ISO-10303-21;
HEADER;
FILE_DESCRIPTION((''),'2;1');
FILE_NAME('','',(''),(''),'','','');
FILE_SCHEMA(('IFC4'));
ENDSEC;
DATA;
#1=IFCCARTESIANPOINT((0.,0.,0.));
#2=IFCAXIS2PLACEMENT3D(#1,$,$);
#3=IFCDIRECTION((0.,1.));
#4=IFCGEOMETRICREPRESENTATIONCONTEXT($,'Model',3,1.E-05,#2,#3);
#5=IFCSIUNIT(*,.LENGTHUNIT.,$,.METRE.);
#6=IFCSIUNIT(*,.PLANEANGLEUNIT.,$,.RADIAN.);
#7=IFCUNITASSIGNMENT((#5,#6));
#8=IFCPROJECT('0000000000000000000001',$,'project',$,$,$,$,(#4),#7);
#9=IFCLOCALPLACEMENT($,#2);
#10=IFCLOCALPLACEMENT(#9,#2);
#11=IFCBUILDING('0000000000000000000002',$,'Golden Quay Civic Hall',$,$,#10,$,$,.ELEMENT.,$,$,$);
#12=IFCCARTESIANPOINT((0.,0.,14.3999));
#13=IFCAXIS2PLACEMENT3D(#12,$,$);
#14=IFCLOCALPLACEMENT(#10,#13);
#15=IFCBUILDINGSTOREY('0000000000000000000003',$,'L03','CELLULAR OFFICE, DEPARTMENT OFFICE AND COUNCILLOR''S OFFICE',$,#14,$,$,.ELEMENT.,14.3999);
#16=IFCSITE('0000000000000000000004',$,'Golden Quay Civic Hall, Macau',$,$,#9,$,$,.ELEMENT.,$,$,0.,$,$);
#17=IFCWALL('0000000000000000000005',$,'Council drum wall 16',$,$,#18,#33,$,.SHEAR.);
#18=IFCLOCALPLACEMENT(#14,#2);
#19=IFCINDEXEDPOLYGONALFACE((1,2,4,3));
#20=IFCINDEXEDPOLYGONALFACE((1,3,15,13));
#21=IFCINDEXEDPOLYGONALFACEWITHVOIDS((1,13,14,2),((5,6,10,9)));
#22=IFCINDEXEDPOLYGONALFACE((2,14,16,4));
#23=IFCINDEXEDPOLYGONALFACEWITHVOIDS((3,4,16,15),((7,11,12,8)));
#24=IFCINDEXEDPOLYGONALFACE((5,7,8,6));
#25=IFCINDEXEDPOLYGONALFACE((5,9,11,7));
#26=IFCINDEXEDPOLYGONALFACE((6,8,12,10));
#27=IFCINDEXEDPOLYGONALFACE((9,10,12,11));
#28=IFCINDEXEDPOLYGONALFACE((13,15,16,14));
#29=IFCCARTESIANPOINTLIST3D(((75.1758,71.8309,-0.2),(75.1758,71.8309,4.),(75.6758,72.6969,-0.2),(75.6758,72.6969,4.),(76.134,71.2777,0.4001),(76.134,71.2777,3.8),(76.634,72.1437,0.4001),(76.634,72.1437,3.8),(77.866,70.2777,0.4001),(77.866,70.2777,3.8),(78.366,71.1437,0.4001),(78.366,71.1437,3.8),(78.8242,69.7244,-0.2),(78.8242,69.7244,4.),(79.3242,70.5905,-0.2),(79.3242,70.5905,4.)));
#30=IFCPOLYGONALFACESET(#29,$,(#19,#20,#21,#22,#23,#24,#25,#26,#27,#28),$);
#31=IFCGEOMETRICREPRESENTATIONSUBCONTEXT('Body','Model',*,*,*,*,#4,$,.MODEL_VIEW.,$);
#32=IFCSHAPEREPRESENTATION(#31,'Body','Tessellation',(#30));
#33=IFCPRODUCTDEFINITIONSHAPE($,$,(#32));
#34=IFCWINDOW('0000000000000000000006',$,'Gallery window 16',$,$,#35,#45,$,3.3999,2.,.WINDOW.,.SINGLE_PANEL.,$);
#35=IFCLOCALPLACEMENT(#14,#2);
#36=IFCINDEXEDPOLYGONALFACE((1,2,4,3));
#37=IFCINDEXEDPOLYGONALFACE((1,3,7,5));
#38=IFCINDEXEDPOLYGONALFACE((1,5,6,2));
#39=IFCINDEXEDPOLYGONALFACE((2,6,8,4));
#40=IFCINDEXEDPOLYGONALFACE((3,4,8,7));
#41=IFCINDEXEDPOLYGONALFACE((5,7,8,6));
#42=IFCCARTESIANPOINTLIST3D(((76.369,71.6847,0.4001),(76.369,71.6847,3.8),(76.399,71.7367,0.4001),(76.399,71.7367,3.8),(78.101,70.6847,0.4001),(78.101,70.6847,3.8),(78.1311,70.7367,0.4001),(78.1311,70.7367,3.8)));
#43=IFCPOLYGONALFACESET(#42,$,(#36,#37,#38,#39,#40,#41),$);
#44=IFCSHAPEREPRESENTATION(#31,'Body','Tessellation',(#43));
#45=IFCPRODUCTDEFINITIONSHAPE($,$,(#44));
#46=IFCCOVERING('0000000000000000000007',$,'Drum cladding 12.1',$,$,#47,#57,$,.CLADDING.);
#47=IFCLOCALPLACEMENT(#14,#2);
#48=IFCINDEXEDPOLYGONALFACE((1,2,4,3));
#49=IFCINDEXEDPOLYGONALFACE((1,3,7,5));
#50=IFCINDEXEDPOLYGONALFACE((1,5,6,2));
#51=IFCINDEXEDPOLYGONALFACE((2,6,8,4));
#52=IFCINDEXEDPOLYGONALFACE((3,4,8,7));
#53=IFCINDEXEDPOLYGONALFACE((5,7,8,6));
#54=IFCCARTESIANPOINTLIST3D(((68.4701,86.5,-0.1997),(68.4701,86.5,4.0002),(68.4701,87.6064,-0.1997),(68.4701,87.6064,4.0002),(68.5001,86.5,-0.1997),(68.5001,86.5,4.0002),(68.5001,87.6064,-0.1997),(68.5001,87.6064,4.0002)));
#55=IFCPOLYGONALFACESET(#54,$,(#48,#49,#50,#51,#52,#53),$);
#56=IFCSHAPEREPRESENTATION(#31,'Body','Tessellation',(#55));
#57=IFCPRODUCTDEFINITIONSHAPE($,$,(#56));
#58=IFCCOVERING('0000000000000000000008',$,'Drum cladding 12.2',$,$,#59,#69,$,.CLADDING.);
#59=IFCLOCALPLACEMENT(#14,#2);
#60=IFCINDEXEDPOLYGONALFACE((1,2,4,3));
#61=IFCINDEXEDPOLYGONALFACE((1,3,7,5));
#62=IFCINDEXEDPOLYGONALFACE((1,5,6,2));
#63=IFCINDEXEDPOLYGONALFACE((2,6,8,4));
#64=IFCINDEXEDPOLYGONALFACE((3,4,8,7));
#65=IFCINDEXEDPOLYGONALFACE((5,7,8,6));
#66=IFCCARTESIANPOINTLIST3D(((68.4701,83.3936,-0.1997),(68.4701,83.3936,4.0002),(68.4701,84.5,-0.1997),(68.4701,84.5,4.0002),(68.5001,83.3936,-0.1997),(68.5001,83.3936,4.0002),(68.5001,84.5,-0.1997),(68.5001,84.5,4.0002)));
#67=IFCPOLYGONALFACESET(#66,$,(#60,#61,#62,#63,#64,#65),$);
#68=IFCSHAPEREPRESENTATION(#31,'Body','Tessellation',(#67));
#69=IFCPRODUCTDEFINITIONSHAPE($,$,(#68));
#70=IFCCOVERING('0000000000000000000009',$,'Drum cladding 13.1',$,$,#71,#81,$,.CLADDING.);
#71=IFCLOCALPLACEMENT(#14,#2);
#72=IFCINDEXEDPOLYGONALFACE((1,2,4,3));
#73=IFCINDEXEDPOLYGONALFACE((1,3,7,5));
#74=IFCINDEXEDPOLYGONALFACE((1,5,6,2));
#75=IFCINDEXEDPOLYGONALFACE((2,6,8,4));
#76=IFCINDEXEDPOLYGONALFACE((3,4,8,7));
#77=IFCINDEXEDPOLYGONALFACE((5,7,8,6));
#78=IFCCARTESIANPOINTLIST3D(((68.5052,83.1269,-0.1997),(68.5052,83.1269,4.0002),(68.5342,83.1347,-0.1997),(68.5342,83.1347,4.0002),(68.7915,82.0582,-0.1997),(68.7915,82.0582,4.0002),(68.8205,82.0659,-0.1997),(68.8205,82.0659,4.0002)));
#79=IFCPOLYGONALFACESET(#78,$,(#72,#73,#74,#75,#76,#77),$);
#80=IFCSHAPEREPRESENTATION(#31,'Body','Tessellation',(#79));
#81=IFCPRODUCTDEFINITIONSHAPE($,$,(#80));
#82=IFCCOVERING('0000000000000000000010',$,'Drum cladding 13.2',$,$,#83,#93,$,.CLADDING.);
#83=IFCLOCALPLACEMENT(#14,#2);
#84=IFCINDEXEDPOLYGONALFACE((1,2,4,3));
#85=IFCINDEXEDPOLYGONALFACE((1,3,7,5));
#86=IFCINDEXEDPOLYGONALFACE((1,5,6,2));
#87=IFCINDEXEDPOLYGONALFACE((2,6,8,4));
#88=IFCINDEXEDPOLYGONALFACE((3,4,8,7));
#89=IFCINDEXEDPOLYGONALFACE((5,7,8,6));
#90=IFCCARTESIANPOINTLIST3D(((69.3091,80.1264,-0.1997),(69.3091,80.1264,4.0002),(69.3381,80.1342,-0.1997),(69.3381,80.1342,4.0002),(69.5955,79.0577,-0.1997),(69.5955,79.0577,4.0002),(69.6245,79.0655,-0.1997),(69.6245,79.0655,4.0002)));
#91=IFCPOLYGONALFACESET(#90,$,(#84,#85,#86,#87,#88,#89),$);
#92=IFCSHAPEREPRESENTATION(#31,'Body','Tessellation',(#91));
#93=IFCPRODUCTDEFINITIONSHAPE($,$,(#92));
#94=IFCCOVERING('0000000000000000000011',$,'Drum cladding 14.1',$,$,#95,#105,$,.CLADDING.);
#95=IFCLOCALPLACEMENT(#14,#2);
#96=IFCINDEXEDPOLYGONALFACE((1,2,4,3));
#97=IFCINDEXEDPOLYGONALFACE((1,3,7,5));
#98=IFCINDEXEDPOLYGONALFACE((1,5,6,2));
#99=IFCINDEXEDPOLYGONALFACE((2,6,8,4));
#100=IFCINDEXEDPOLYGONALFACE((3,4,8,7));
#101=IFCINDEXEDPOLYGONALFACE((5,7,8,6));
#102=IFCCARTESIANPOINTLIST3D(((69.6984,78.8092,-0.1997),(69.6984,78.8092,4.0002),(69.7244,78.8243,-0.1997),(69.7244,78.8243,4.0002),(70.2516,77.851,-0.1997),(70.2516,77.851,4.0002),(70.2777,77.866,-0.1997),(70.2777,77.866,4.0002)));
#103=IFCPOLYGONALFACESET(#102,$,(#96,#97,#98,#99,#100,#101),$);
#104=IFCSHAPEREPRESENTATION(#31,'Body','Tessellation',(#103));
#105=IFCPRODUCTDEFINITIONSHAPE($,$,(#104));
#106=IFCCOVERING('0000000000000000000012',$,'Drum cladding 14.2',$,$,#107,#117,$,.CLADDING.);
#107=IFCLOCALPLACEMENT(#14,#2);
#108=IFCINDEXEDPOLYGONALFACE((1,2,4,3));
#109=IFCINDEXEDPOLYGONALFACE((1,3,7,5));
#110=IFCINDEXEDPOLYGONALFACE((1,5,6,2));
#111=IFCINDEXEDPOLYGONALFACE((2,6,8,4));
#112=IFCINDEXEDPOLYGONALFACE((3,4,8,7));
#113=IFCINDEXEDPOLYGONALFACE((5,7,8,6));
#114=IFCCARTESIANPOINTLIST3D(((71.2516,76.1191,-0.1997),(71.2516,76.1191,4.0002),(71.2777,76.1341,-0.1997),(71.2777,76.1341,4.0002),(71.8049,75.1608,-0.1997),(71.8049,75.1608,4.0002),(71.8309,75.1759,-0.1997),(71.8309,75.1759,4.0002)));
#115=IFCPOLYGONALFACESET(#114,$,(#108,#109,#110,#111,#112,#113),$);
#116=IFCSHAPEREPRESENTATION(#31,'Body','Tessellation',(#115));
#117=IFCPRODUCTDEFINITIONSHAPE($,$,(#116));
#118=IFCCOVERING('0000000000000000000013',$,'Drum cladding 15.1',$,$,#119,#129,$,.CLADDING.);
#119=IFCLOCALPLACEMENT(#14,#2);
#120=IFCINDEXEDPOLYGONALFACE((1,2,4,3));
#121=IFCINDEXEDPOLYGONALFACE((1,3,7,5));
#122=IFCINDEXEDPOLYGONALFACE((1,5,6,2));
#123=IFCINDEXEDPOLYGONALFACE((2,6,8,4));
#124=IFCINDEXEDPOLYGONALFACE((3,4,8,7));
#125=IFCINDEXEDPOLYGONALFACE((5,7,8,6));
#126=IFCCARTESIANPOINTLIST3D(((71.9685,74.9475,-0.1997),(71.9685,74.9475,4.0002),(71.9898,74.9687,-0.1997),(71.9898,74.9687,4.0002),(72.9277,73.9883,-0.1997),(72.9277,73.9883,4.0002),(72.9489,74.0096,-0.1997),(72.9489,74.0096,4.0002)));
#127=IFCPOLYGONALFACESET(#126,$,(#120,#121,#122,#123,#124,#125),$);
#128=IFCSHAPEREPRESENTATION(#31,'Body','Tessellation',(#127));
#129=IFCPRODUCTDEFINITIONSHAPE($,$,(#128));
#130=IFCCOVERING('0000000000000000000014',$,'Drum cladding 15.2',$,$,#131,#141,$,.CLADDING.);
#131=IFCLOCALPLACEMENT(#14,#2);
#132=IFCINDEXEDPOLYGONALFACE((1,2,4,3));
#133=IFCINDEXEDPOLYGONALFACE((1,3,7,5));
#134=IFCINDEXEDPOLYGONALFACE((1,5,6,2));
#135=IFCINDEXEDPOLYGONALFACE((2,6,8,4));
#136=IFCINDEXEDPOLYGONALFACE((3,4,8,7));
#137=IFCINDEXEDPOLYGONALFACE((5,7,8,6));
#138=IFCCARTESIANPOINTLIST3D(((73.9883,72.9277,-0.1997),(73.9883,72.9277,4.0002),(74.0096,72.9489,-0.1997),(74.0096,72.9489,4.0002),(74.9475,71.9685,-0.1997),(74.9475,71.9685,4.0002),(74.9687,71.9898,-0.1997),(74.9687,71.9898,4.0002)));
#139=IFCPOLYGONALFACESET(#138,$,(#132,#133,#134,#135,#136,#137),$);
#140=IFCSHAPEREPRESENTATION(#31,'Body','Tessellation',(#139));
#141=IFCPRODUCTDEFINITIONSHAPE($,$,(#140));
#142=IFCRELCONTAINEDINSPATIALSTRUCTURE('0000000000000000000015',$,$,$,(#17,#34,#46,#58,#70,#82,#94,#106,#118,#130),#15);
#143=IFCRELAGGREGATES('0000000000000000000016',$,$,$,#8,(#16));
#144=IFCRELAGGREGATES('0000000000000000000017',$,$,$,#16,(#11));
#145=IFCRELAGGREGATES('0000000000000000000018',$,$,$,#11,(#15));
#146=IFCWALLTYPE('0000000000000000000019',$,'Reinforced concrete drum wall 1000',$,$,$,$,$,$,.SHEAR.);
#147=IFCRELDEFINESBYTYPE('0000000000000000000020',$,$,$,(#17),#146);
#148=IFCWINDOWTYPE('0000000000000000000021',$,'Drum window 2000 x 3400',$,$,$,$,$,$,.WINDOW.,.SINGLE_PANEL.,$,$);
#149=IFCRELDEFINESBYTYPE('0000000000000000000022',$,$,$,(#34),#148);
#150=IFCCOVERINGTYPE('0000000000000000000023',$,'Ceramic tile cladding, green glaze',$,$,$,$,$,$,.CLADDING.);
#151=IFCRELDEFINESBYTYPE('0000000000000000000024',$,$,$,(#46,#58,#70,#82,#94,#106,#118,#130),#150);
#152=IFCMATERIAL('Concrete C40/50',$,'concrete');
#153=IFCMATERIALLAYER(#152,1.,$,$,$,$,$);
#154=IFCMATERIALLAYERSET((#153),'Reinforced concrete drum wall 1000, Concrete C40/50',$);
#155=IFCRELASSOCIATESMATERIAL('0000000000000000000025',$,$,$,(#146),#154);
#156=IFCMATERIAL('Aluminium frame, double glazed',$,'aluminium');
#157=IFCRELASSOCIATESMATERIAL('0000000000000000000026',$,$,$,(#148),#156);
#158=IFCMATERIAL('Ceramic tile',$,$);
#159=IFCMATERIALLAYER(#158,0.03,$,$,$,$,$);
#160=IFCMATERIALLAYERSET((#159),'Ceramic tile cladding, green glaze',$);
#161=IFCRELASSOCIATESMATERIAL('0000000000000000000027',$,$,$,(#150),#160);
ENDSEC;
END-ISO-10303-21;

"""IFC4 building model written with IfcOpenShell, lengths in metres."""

from ifc_helpers import new_model, si_unit, direction, frame, frame_2d, origin, origin_2d, place, context, subcontext, project, spatial, rectangle, extrude, material, layer, layer_set, type_object, element, fill, save


model = new_model("IFC4")

# Units and contexts
model_context = context("Model", 3, precision=1e-05, world=origin(), true_north=direction((0.0, 1.0)))
body_context = subcontext(model_context, "Body", "Model", "MODEL_VIEW")
ifc_project = project(units=[si_unit("LENGTHUNIT", "METRE"), si_unit("PLANEANGLEUNIT", "RADIAN")], contexts=[model_context])

# Site, building, storey
site_placement = place(None, origin())
site = spatial("IfcSite", under=ifc_project, at=site_placement, Name="Golden Quay Civic Hall, Macau", CompositionType="ELEMENT", RefElevation=0.0)
building_placement = place(site_placement, origin())
building = spatial("IfcBuilding", under=site, at=building_placement, Name="Golden Quay Civic Hall", CompositionType="ELEMENT")
storey_placement = place(building_placement, frame((0.0, 0.0, 14.3999)))
storey = spatial("IfcBuildingStorey", under=building, at=storey_placement, Name="L03", Description="CELLULAR OFFICE, DEPARTMENT OFFICE AND COUNCILLOR'S OFFICE", CompositionType="ELEMENT", Elevation=14.3999)

# Shared definitions
ifc_material_1 = material(Name="Concrete C40/50", Category="concrete")
ifc_layer_1 = layer(ifc_material_1, 1.0)
ifc_layer_set_1 = layer_set([ifc_layer_1], Name="Reinforced concrete drum wall 1000, Concrete C40/50")
wall_type_1 = type_object("IfcWallType", Name="Reinforced concrete drum wall 1000", PredefinedType="SHEAR", material=ifc_layer_set_1)
ifc_material_2 = material(Name="Aluminium frame, double glazed", Category="aluminium")
window_type = type_object("IfcWindowType", Name="Drum window 2000 x 3400", PartitioningType="SINGLE_PANEL", PredefinedType="WINDOW", material=ifc_material_2)

# Wall, opening, window
wall_1_placement = place(storey_placement, frame((75.4258, 72.2639, -0.2), z_axis=(0.0, 0.0, 1.0), x_axis=(0.866023, -0.500003, 0.0)))
wall_1 = element("IfcWall", 1, at=wall_1_placement, inside=storey, type_object=wall_type_1, Name="Council drum wall 16", PredefinedType="SHEAR", context=body_context, shape_type="SweptSolid", body=[
    extrude(rectangle(XDim=4.2129, YDim=1.0, at=frame_2d((2.1064, 0.0))), origin(), (0.0, 0.0, 1.0), 4.2),
])
opening_1_placement = place(wall_1_placement, frame((1.1064, 0.0, 0.6001)))
opening_1 = element("IfcOpeningElement", 2, at=opening_1_placement, cuts=wall_1, PredefinedType="OPENING", context=body_context, shape_type="SweptSolid", body=[
    extrude(rectangle(XDim=2.0, YDim=3.3999, at=frame_2d((1.0, 1.7))), frame((0.0, 0.51, 0.0), z_axis=(0.0, -1.0, 0.0), x_axis=(1.0, 0.0, 0.0)), (0.0, 0.0, 1.0), 1.02),
])
window_1_placement = place(opening_1_placement, origin())
window_1 = element("IfcWindow", 3, at=window_1_placement, inside=storey, type_object=window_type, Name="Gallery window 16", OverallHeight=3.3999, OverallWidth=2.0, PartitioningType="SINGLE_PANEL", PredefinedType="WINDOW", context=body_context, shape_type="SweptSolid", body=[
    extrude(rectangle(XDim=2.0, YDim=3.3999, at=frame_2d((1.0, 1.7))), frame((0.0, 0.03, 0.0), z_axis=(0.0, -1.0, 0.0), x_axis=(1.0, 0.0, 0.0)), (0.0, 0.0, 1.0), 0.0601),
])
fill(opening_1, window_1)

# Coverings
ifc_material_3 = material(Name="Ceramic tile")
ifc_layer_2 = layer(ifc_material_3, 0.03)
ifc_layer_set_2 = layer_set([ifc_layer_2], Name="Ceramic tile cladding, green glaze")
covering_type = type_object("IfcCoveringType", Name="Ceramic tile cladding, green glaze", PredefinedType="CLADDING", material=ifc_layer_set_2)
for number, where, z_axis, x_axis, name in (
    (4, (68.4851, 87.0532, -0.1997), (0.0, 0.0, 1.0), (0.0, -1.0, 0.0), "Drum cladding 12.1"),
    (5, (68.4851, 83.9468, -0.1997), (0.0, 0.0, 1.0), (0.0, -1.0, 0.0), "Drum cladding 12.2"),
    (6, (68.6628, 82.5964, -0.1997), (0.0, 0.0, 1.0), (0.258819, -0.965926, 0.0), "Drum cladding 13.1"),
    (7, (69.4668, 79.5959, -0.1997), (0.0, 0.0, 1.0), (0.258819, -0.965926, 0.0), "Drum cladding 13.2"),
    (8, (69.988, 78.3376, -0.1997), (0.0, 0.0, 1.0), (0.5, -0.866025, 0.0), "Drum cladding 14.1"),
    (9, (71.5413, 75.6475, -0.1997), (0.0, 0.0, 1.0), (0.5, -0.866025, 0.0), "Drum cladding 14.2"),
):
    element("IfcCovering", number, at=place(storey_placement, frame(where, z_axis=z_axis, x_axis=x_axis)), inside=storey, type_object=covering_type, Name=name, PredefinedType="CLADDING", context=body_context, shape_type="SweptSolid", body=[
        extrude(rectangle(XDim=1.1064, YDim=0.03, at=origin_2d()), origin(), (0.0, 0.0, 1.0), 4.2),
    ])
for number, where, z_axis, x_axis, name in (
    (10, (72.4587, 74.4785, -0.1997), (0.0, 0.0, 1.0), (0.707107, -0.707107, 0.0), "Drum cladding 15.1"),
    (11, (74.4785, 72.4587, -0.1997), (0.0, 0.0, 1.0), (0.707107, -0.707107, 0.0), "Drum cladding 15.2"),
):
    element("IfcCovering", number, at=place(storey_placement, frame(where, z_axis=z_axis, x_axis=x_axis)), inside=storey, type_object=covering_type, Name=name, PredefinedType="CLADDING", context=body_context, shape_type="SweptSolid", body=[
        extrude(rectangle(XDim=1.3564, YDim=0.03, at=origin_2d()), origin(), (0.0, 0.0, 1.0), 4.2),
    ])

save(model, "model.ifc")
